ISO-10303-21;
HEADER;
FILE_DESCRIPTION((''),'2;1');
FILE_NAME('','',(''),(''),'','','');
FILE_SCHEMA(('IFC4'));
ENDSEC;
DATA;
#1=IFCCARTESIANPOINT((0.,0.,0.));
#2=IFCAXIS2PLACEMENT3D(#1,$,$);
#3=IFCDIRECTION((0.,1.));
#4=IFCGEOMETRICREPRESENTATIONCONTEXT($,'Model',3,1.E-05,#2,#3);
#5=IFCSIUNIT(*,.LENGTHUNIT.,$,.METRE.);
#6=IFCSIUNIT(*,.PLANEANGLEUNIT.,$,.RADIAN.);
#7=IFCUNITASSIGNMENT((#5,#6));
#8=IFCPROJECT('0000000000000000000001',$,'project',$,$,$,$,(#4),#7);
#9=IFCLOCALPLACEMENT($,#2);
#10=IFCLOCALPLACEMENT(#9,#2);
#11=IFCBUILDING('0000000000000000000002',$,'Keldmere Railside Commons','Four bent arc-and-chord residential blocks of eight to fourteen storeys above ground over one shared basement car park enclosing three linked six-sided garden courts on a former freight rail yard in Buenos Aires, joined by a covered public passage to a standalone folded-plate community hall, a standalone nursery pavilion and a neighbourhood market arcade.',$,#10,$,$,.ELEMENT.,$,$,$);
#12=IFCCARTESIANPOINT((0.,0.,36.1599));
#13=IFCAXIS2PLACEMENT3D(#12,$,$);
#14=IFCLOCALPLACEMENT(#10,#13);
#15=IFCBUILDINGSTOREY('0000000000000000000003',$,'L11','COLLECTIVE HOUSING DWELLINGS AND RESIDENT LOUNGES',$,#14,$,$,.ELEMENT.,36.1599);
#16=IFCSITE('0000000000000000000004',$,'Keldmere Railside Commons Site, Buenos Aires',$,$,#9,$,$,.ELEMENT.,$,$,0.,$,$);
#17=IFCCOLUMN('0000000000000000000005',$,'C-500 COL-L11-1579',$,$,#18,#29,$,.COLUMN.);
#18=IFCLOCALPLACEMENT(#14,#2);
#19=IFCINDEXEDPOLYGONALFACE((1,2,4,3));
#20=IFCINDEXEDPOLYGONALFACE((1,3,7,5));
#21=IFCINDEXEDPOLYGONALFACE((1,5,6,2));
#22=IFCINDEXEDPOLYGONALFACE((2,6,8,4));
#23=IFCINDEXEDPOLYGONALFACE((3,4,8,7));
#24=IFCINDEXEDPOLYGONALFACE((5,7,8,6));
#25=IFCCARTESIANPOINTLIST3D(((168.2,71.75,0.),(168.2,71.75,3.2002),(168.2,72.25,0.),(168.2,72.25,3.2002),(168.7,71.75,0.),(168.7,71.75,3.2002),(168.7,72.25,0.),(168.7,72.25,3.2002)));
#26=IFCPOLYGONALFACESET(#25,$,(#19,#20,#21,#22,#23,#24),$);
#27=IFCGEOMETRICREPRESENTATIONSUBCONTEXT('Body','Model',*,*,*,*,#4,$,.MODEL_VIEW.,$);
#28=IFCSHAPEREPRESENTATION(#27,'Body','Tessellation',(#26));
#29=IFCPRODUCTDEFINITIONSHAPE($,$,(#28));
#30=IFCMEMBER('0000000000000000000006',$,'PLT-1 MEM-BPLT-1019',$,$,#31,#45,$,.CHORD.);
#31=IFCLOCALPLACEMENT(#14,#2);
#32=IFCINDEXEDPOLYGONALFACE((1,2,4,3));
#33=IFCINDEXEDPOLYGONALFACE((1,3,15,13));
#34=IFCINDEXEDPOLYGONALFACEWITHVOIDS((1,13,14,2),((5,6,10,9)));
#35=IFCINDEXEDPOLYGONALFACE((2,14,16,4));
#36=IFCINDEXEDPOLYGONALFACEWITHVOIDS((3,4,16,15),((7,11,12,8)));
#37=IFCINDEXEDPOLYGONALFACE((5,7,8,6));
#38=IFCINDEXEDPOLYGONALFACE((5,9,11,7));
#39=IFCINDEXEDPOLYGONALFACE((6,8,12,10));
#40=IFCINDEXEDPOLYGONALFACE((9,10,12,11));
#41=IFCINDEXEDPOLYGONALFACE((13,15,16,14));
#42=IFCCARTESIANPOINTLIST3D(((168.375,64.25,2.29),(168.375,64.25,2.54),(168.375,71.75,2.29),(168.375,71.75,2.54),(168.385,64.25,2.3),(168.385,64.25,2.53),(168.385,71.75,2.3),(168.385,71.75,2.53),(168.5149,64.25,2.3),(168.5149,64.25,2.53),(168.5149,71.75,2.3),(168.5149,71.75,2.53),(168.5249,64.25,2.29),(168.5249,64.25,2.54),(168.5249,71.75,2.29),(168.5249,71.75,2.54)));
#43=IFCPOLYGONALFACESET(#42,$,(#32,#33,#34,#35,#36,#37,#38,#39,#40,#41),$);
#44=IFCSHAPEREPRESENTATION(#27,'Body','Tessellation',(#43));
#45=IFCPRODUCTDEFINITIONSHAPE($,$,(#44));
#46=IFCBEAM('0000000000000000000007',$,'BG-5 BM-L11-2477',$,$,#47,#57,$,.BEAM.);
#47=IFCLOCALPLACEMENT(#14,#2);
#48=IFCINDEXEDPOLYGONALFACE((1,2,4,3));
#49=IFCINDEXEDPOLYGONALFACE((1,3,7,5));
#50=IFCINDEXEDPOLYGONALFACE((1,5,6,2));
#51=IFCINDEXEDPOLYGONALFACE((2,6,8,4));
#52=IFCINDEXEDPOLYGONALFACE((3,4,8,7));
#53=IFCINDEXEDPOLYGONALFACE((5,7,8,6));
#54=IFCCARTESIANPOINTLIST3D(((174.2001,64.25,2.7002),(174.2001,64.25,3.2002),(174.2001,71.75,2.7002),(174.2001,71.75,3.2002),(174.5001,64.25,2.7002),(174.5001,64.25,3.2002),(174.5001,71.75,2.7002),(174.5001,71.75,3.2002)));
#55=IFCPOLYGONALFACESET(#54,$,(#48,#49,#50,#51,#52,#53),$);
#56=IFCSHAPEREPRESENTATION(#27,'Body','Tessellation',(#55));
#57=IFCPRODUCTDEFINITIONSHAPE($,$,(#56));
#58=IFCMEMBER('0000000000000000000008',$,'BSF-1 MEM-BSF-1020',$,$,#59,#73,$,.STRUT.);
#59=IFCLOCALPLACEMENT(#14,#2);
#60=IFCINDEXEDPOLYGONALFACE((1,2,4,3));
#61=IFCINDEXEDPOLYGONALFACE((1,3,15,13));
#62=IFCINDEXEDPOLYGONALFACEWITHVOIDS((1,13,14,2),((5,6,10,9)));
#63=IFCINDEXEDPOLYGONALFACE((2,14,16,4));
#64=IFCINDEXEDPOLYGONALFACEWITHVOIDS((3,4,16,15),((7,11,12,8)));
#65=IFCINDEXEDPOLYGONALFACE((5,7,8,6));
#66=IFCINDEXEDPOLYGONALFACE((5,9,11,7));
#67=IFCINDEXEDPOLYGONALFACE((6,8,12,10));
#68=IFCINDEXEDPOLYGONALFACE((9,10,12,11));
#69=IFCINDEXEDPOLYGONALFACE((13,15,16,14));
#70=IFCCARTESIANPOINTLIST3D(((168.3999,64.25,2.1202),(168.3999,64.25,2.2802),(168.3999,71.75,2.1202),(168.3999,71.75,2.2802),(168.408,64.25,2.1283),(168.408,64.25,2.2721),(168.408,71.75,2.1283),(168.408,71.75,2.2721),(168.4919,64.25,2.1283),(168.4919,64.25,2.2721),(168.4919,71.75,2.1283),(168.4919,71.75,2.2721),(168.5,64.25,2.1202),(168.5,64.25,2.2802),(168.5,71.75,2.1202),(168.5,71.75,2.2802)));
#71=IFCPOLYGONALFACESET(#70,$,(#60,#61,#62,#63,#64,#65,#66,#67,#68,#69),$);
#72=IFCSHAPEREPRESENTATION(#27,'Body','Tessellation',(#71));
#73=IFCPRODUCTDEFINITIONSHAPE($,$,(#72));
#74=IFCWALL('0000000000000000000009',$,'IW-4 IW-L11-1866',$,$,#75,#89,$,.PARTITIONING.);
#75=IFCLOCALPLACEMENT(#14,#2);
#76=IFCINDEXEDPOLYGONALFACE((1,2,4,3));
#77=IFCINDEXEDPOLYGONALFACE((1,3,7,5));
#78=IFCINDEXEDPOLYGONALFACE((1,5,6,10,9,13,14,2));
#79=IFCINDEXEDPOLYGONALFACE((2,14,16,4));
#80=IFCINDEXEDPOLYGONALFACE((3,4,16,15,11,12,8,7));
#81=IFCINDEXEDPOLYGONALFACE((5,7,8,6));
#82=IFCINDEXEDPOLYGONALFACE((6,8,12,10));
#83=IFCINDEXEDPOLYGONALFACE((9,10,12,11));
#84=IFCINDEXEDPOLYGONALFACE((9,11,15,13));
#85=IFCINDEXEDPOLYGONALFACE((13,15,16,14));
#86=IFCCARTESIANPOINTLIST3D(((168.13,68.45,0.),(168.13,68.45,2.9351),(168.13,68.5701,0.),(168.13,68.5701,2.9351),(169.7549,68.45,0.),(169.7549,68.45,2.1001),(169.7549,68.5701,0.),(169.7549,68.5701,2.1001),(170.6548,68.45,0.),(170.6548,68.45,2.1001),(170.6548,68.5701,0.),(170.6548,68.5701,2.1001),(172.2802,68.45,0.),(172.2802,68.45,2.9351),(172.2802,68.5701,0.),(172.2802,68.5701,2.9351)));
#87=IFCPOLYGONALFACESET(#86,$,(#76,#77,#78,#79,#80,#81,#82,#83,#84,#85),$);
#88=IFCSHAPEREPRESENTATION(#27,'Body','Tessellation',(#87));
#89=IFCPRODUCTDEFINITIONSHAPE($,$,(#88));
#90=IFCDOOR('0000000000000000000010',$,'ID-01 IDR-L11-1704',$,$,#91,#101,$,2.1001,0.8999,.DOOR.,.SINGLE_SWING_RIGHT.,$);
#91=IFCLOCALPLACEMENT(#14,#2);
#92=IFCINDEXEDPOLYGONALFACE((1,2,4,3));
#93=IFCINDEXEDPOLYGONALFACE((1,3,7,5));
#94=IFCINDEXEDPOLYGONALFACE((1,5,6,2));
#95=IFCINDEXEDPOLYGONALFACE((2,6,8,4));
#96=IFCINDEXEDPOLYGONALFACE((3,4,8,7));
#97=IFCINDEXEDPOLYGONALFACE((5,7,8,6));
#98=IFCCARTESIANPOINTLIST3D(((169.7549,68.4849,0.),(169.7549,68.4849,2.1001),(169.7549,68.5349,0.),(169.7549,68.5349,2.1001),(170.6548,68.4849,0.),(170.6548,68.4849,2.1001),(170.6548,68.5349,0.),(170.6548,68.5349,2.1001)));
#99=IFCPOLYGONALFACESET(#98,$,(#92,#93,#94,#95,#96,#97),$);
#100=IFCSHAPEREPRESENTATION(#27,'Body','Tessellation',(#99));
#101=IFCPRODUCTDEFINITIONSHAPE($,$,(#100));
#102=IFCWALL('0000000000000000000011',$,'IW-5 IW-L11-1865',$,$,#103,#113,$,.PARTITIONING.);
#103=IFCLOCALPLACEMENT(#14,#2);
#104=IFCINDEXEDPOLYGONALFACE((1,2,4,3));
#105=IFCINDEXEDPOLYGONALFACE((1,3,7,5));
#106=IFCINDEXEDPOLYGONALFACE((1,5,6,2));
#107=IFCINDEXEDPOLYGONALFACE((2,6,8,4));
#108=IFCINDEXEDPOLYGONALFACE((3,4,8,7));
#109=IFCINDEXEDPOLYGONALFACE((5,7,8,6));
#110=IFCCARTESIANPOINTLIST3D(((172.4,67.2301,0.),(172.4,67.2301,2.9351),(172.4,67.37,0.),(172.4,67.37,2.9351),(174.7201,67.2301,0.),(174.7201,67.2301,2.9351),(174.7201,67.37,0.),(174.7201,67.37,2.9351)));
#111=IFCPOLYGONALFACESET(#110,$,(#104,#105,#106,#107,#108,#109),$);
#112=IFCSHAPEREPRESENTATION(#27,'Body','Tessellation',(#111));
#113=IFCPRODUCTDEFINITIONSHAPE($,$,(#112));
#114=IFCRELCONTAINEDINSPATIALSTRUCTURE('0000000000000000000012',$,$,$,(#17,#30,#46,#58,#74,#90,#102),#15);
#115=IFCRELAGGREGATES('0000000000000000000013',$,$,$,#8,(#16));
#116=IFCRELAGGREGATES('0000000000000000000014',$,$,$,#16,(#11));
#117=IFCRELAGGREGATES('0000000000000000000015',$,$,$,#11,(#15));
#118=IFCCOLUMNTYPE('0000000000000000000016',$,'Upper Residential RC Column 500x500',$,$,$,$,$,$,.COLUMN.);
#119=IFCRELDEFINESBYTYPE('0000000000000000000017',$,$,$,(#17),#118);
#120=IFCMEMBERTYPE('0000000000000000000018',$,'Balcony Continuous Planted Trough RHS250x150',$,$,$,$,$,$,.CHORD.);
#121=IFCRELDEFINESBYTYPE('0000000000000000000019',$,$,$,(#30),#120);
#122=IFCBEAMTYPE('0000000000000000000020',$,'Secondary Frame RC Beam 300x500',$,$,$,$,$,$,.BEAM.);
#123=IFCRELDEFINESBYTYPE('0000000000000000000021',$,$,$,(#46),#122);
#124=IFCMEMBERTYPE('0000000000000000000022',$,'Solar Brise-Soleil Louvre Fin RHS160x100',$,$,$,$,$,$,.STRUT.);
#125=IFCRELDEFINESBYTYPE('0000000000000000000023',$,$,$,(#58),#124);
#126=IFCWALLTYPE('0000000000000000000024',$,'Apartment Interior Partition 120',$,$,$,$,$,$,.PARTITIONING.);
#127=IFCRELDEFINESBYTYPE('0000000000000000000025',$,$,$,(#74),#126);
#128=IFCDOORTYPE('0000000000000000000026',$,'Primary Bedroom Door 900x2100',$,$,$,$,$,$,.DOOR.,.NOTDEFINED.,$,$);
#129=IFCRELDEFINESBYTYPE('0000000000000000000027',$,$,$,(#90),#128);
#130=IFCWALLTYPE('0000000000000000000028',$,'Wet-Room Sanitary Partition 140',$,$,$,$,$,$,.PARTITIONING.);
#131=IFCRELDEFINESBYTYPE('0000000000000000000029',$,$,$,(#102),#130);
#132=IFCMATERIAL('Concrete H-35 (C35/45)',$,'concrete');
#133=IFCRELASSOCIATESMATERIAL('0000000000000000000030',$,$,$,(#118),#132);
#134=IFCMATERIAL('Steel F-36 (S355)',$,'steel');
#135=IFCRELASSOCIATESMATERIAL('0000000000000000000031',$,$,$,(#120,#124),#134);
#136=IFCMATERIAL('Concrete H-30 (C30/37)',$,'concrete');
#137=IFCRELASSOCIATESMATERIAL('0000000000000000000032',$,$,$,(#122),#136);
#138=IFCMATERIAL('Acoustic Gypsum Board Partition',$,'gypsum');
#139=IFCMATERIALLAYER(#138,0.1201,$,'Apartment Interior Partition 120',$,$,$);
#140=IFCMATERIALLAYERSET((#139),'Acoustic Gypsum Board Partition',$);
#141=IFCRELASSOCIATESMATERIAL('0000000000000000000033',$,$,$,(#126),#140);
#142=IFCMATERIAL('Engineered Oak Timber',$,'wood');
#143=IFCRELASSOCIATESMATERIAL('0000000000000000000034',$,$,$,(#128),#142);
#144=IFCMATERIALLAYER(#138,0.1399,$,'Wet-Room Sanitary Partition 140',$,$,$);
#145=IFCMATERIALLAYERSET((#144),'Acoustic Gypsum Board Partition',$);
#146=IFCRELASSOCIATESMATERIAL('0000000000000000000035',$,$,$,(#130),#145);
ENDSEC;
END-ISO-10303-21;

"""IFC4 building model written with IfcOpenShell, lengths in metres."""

from ifc_helpers import new_model, si_unit, direction, frame, frame_2d, origin, origin_2d, place, context, subcontext, project, spatial, rectangle, hollow_rectangle, extrude, material, layer, layer_set, material_profile, profile_set, type_object, element, fill, save


model = new_model("IFC4")

# Units and contexts
model_context = context("Model", 3, precision=1e-05, world=origin(), true_north=direction((0.0, 1.0)))
body_context = subcontext(model_context, "Body", "Model", "MODEL_VIEW")
ifc_project = project(units=[si_unit("LENGTHUNIT", "METRE"), si_unit("PLANEANGLEUNIT", "RADIAN")], contexts=[model_context])

# Site, building, storey
site_placement = place(None, origin())
site = spatial("IfcSite", under=ifc_project, at=site_placement, Name="Keldmere Railside Commons Site, Buenos Aires", CompositionType="ELEMENT", RefElevation=0.0)
building_placement = place(site_placement, origin())
building = spatial("IfcBuilding", under=site, at=building_placement, Name="Keldmere Railside Commons", Description="Four bent arc-and-chord residential blocks of eight to fourteen storeys above ground over one shared basement car park enclosing three linked six-sided garden courts on a former freight rail yard in Buenos Aires, joined by a covered public passage to a standalone folded-plate community hall, a standalone nursery pavilion and a neighbourhood market arcade.", CompositionType="ELEMENT")
storey_placement = place(building_placement, frame((0.0, 0.0, 36.1599)))
storey = spatial("IfcBuildingStorey", under=building, at=storey_placement, Name="L11", Description="COLLECTIVE HOUSING DWELLINGS AND RESIDENT LOUNGES", CompositionType="ELEMENT", Elevation=36.1599)

# Column
ifc_material_1 = material(Name="Concrete H-35 (C35/45)", Category="concrete")
ifc_material_profile_1 = material_profile(ifc_material_1, rectangle(XDim=0.5, YDim=0.5, at=origin_2d()), Name="RC-500x500")
ifc_profile_set_1 = profile_set([ifc_material_profile_1], Name="Concrete H-35 (C35/45)")
column_type = type_object("IfcColumnType", Name="Upper Residential RC Column 500x500", PredefinedType="COLUMN", material=ifc_profile_set_1)
column_placement = place(storey_placement, frame((168.45, 72.0, 0.0), z_axis=(0.0, 0.0, 1.0), x_axis=(1.0, 0.0, 0.0)))
element("IfcColumn", 1, at=column_placement, inside=storey, type_object=column_type, Name="C-500 COL-L11-1579", PredefinedType="COLUMN", context=body_context, shape_type="SweptSolid", body=[
    extrude(rectangle(XDim=0.5, YDim=0.5, at=origin_2d()), origin(), (0.0, 0.0, 1.0), 3.2002),
])

# Member
ifc_material_2 = material(Name="Steel F-36 (S355)", Category="steel")
ifc_material_profile_2 = material_profile(ifc_material_2, hollow_rectangle(XDim=0.1499, YDim=0.25, WallThickness=0.01, at=origin_2d()), Name="RHS-250x150x10")
ifc_profile_set_2 = profile_set([ifc_material_profile_2], Name="Steel F-36 (S355)")
member_type_1 = type_object("IfcMemberType", Name="Balcony Continuous Planted Trough RHS250x150", PredefinedType="CHORD", material=ifc_profile_set_2)
member_1_placement = place(storey_placement, frame((168.45, 64.25, 2.415), z_axis=(0.0, 1.0, 0.0), x_axis=(-1.0, 0.0, 0.0)))
element("IfcMember", 2, at=member_1_placement, inside=storey, type_object=member_type_1, Name="PLT-1 MEM-BPLT-1019", PredefinedType="CHORD", context=body_context, shape_type="SweptSolid", body=[
    extrude(hollow_rectangle(XDim=0.1499, YDim=0.25, WallThickness=0.01, at=origin_2d()), origin(), (0.0, 0.0, 1.0), 7.5),
])

# Beam
ifc_material_3 = material(Name="Concrete H-30 (C30/37)", Category="concrete")
ifc_material_profile_3 = material_profile(ifc_material_3, rectangle(XDim=0.3, YDim=0.5, at=origin_2d()), Name="RC-300x500")
ifc_profile_set_3 = profile_set([ifc_material_profile_3], Name="Concrete H-30 (C30/37)")
beam_type = type_object("IfcBeamType", Name="Secondary Frame RC Beam 300x500", PredefinedType="BEAM", material=ifc_profile_set_3)
beam_placement = place(storey_placement, frame((174.3501, 64.25, 2.9502), z_axis=(0.0, 1.0, 0.0), x_axis=(-1.0, 0.0, 0.0)))
element("IfcBeam", 3, at=beam_placement, inside=storey, type_object=beam_type, Name="BG-5 BM-L11-2477", PredefinedType="BEAM", context=body_context, shape_type="SweptSolid", body=[
    extrude(rectangle(XDim=0.3, YDim=0.5, at=origin_2d()), origin(), (0.0, 0.0, 1.0), 7.5),
])

# Member
ifc_material_profile_4 = material_profile(ifc_material_2, hollow_rectangle(XDim=0.1001, YDim=0.1599, WallThickness=0.0081, at=origin_2d()), Name="RHS-160x100x8")
ifc_profile_set_4 = profile_set([ifc_material_profile_4], Name="Steel F-36 (S355)")
member_type_2 = type_object("IfcMemberType", Name="Solar Brise-Soleil Louvre Fin RHS160x100", PredefinedType="STRUT", material=ifc_profile_set_4)
member_2_placement = place(storey_placement, frame((168.45, 64.25, 2.2002), z_axis=(0.0, 1.0, 0.0), x_axis=(-1.0, 0.0, 0.0)))
element("IfcMember", 4, at=member_2_placement, inside=storey, type_object=member_type_2, Name="BSF-1 MEM-BSF-1020", PredefinedType="STRUT", context=body_context, shape_type="SweptSolid", body=[
    extrude(hollow_rectangle(XDim=0.1001, YDim=0.1599, WallThickness=0.0081, at=origin_2d()), origin(), (0.0, 0.0, 1.0), 7.5),
])

# Wall, opening, door
ifc_material_4 = material(Name="Acoustic Gypsum Board Partition", Category="gypsum")
ifc_layer_1 = layer(ifc_material_4, 0.1201, Name="Apartment Interior Partition 120")
ifc_layer_set_1 = layer_set([ifc_layer_1], Name="Acoustic Gypsum Board Partition")
wall_type_1 = type_object("IfcWallType", Name="Apartment Interior Partition 120", PredefinedType="PARTITIONING", material=ifc_layer_set_1)
wall_1_placement = place(storey_placement, frame((168.1299, 68.51, 0.0), z_axis=(0.0, 0.0, 1.0), x_axis=(1.0, 0.0, 0.0)))
wall_1 = element("IfcWall", 5, at=wall_1_placement, inside=storey, type_object=wall_type_1, Name="IW-4 IW-L11-1866", PredefinedType="PARTITIONING", context=body_context, shape_type="SweptSolid", body=[
    extrude(rectangle(XDim=4.1501, YDim=0.1201, at=frame_2d((2.0752, 0.0))), origin(), (0.0, 0.0, 1.0), 2.9351),
])
opening_placement = place(wall_1_placement, frame((1.625, 0.0, 0.0)))
opening = element("IfcOpeningElement", 6, at=opening_placement, cuts=wall_1, PredefinedType="OPENING", context=body_context, shape_type="SweptSolid", body=[
    extrude(rectangle(XDim=0.8999, YDim=2.1001, at=frame_2d((0.45, 1.05))), frame((0.0, 0.0701, 0.0), z_axis=(0.0, -1.0, 0.0), x_axis=(1.0, 0.0, 0.0)), (0.0, 0.0, 1.0), 0.1401),
])
ifc_material_5 = material(Name="Engineered Oak Timber", Category="wood")
door_type = type_object("IfcDoorType", Name="Primary Bedroom Door 900x2100", OperationType="NOTDEFINED", PredefinedType="DOOR", material=ifc_material_5)
door_placement = place(opening_placement, origin())
door = element("IfcDoor", 7, at=door_placement, inside=storey, type_object=door_type, Name="ID-01 IDR-L11-1704", OperationType="SINGLE_SWING_RIGHT", OverallHeight=2.1001, OverallWidth=0.8999, PredefinedType="DOOR", context=body_context, shape_type="SweptSolid", body=[
    extrude(rectangle(XDim=0.8999, YDim=2.1001, at=frame_2d((0.45, 1.05))), frame((0.0, 0.0249, 0.0), z_axis=(0.0, -1.0, 0.0), x_axis=(1.0, 0.0, 0.0)), (0.0, 0.0, 1.0), 0.05),
])
fill(opening, door)

# Wall
ifc_layer_2 = layer(ifc_material_4, 0.1399, Name="Wet-Room Sanitary Partition 140")
ifc_layer_set_2 = layer_set([ifc_layer_2], Name="Acoustic Gypsum Board Partition")
wall_type_2 = type_object("IfcWallType", Name="Wet-Room Sanitary Partition 140", PredefinedType="PARTITIONING", material=ifc_layer_set_2)
wall_2_placement = place(storey_placement, frame((172.3999, 67.3, 0.0), z_axis=(0.0, 0.0, 1.0), x_axis=(1.0, 0.0, 0.0)))
element("IfcWall", 8, at=wall_2_placement, inside=storey, type_object=wall_type_2, Name="IW-5 IW-L11-1865", PredefinedType="PARTITIONING", context=body_context, shape_type="SweptSolid", body=[
    extrude(rectangle(XDim=2.3201, YDim=0.1399, at=frame_2d((1.1602, 0.0))), origin(), (0.0, 0.0, 1.0), 2.9351),
])

save(model, "model.ifc")
